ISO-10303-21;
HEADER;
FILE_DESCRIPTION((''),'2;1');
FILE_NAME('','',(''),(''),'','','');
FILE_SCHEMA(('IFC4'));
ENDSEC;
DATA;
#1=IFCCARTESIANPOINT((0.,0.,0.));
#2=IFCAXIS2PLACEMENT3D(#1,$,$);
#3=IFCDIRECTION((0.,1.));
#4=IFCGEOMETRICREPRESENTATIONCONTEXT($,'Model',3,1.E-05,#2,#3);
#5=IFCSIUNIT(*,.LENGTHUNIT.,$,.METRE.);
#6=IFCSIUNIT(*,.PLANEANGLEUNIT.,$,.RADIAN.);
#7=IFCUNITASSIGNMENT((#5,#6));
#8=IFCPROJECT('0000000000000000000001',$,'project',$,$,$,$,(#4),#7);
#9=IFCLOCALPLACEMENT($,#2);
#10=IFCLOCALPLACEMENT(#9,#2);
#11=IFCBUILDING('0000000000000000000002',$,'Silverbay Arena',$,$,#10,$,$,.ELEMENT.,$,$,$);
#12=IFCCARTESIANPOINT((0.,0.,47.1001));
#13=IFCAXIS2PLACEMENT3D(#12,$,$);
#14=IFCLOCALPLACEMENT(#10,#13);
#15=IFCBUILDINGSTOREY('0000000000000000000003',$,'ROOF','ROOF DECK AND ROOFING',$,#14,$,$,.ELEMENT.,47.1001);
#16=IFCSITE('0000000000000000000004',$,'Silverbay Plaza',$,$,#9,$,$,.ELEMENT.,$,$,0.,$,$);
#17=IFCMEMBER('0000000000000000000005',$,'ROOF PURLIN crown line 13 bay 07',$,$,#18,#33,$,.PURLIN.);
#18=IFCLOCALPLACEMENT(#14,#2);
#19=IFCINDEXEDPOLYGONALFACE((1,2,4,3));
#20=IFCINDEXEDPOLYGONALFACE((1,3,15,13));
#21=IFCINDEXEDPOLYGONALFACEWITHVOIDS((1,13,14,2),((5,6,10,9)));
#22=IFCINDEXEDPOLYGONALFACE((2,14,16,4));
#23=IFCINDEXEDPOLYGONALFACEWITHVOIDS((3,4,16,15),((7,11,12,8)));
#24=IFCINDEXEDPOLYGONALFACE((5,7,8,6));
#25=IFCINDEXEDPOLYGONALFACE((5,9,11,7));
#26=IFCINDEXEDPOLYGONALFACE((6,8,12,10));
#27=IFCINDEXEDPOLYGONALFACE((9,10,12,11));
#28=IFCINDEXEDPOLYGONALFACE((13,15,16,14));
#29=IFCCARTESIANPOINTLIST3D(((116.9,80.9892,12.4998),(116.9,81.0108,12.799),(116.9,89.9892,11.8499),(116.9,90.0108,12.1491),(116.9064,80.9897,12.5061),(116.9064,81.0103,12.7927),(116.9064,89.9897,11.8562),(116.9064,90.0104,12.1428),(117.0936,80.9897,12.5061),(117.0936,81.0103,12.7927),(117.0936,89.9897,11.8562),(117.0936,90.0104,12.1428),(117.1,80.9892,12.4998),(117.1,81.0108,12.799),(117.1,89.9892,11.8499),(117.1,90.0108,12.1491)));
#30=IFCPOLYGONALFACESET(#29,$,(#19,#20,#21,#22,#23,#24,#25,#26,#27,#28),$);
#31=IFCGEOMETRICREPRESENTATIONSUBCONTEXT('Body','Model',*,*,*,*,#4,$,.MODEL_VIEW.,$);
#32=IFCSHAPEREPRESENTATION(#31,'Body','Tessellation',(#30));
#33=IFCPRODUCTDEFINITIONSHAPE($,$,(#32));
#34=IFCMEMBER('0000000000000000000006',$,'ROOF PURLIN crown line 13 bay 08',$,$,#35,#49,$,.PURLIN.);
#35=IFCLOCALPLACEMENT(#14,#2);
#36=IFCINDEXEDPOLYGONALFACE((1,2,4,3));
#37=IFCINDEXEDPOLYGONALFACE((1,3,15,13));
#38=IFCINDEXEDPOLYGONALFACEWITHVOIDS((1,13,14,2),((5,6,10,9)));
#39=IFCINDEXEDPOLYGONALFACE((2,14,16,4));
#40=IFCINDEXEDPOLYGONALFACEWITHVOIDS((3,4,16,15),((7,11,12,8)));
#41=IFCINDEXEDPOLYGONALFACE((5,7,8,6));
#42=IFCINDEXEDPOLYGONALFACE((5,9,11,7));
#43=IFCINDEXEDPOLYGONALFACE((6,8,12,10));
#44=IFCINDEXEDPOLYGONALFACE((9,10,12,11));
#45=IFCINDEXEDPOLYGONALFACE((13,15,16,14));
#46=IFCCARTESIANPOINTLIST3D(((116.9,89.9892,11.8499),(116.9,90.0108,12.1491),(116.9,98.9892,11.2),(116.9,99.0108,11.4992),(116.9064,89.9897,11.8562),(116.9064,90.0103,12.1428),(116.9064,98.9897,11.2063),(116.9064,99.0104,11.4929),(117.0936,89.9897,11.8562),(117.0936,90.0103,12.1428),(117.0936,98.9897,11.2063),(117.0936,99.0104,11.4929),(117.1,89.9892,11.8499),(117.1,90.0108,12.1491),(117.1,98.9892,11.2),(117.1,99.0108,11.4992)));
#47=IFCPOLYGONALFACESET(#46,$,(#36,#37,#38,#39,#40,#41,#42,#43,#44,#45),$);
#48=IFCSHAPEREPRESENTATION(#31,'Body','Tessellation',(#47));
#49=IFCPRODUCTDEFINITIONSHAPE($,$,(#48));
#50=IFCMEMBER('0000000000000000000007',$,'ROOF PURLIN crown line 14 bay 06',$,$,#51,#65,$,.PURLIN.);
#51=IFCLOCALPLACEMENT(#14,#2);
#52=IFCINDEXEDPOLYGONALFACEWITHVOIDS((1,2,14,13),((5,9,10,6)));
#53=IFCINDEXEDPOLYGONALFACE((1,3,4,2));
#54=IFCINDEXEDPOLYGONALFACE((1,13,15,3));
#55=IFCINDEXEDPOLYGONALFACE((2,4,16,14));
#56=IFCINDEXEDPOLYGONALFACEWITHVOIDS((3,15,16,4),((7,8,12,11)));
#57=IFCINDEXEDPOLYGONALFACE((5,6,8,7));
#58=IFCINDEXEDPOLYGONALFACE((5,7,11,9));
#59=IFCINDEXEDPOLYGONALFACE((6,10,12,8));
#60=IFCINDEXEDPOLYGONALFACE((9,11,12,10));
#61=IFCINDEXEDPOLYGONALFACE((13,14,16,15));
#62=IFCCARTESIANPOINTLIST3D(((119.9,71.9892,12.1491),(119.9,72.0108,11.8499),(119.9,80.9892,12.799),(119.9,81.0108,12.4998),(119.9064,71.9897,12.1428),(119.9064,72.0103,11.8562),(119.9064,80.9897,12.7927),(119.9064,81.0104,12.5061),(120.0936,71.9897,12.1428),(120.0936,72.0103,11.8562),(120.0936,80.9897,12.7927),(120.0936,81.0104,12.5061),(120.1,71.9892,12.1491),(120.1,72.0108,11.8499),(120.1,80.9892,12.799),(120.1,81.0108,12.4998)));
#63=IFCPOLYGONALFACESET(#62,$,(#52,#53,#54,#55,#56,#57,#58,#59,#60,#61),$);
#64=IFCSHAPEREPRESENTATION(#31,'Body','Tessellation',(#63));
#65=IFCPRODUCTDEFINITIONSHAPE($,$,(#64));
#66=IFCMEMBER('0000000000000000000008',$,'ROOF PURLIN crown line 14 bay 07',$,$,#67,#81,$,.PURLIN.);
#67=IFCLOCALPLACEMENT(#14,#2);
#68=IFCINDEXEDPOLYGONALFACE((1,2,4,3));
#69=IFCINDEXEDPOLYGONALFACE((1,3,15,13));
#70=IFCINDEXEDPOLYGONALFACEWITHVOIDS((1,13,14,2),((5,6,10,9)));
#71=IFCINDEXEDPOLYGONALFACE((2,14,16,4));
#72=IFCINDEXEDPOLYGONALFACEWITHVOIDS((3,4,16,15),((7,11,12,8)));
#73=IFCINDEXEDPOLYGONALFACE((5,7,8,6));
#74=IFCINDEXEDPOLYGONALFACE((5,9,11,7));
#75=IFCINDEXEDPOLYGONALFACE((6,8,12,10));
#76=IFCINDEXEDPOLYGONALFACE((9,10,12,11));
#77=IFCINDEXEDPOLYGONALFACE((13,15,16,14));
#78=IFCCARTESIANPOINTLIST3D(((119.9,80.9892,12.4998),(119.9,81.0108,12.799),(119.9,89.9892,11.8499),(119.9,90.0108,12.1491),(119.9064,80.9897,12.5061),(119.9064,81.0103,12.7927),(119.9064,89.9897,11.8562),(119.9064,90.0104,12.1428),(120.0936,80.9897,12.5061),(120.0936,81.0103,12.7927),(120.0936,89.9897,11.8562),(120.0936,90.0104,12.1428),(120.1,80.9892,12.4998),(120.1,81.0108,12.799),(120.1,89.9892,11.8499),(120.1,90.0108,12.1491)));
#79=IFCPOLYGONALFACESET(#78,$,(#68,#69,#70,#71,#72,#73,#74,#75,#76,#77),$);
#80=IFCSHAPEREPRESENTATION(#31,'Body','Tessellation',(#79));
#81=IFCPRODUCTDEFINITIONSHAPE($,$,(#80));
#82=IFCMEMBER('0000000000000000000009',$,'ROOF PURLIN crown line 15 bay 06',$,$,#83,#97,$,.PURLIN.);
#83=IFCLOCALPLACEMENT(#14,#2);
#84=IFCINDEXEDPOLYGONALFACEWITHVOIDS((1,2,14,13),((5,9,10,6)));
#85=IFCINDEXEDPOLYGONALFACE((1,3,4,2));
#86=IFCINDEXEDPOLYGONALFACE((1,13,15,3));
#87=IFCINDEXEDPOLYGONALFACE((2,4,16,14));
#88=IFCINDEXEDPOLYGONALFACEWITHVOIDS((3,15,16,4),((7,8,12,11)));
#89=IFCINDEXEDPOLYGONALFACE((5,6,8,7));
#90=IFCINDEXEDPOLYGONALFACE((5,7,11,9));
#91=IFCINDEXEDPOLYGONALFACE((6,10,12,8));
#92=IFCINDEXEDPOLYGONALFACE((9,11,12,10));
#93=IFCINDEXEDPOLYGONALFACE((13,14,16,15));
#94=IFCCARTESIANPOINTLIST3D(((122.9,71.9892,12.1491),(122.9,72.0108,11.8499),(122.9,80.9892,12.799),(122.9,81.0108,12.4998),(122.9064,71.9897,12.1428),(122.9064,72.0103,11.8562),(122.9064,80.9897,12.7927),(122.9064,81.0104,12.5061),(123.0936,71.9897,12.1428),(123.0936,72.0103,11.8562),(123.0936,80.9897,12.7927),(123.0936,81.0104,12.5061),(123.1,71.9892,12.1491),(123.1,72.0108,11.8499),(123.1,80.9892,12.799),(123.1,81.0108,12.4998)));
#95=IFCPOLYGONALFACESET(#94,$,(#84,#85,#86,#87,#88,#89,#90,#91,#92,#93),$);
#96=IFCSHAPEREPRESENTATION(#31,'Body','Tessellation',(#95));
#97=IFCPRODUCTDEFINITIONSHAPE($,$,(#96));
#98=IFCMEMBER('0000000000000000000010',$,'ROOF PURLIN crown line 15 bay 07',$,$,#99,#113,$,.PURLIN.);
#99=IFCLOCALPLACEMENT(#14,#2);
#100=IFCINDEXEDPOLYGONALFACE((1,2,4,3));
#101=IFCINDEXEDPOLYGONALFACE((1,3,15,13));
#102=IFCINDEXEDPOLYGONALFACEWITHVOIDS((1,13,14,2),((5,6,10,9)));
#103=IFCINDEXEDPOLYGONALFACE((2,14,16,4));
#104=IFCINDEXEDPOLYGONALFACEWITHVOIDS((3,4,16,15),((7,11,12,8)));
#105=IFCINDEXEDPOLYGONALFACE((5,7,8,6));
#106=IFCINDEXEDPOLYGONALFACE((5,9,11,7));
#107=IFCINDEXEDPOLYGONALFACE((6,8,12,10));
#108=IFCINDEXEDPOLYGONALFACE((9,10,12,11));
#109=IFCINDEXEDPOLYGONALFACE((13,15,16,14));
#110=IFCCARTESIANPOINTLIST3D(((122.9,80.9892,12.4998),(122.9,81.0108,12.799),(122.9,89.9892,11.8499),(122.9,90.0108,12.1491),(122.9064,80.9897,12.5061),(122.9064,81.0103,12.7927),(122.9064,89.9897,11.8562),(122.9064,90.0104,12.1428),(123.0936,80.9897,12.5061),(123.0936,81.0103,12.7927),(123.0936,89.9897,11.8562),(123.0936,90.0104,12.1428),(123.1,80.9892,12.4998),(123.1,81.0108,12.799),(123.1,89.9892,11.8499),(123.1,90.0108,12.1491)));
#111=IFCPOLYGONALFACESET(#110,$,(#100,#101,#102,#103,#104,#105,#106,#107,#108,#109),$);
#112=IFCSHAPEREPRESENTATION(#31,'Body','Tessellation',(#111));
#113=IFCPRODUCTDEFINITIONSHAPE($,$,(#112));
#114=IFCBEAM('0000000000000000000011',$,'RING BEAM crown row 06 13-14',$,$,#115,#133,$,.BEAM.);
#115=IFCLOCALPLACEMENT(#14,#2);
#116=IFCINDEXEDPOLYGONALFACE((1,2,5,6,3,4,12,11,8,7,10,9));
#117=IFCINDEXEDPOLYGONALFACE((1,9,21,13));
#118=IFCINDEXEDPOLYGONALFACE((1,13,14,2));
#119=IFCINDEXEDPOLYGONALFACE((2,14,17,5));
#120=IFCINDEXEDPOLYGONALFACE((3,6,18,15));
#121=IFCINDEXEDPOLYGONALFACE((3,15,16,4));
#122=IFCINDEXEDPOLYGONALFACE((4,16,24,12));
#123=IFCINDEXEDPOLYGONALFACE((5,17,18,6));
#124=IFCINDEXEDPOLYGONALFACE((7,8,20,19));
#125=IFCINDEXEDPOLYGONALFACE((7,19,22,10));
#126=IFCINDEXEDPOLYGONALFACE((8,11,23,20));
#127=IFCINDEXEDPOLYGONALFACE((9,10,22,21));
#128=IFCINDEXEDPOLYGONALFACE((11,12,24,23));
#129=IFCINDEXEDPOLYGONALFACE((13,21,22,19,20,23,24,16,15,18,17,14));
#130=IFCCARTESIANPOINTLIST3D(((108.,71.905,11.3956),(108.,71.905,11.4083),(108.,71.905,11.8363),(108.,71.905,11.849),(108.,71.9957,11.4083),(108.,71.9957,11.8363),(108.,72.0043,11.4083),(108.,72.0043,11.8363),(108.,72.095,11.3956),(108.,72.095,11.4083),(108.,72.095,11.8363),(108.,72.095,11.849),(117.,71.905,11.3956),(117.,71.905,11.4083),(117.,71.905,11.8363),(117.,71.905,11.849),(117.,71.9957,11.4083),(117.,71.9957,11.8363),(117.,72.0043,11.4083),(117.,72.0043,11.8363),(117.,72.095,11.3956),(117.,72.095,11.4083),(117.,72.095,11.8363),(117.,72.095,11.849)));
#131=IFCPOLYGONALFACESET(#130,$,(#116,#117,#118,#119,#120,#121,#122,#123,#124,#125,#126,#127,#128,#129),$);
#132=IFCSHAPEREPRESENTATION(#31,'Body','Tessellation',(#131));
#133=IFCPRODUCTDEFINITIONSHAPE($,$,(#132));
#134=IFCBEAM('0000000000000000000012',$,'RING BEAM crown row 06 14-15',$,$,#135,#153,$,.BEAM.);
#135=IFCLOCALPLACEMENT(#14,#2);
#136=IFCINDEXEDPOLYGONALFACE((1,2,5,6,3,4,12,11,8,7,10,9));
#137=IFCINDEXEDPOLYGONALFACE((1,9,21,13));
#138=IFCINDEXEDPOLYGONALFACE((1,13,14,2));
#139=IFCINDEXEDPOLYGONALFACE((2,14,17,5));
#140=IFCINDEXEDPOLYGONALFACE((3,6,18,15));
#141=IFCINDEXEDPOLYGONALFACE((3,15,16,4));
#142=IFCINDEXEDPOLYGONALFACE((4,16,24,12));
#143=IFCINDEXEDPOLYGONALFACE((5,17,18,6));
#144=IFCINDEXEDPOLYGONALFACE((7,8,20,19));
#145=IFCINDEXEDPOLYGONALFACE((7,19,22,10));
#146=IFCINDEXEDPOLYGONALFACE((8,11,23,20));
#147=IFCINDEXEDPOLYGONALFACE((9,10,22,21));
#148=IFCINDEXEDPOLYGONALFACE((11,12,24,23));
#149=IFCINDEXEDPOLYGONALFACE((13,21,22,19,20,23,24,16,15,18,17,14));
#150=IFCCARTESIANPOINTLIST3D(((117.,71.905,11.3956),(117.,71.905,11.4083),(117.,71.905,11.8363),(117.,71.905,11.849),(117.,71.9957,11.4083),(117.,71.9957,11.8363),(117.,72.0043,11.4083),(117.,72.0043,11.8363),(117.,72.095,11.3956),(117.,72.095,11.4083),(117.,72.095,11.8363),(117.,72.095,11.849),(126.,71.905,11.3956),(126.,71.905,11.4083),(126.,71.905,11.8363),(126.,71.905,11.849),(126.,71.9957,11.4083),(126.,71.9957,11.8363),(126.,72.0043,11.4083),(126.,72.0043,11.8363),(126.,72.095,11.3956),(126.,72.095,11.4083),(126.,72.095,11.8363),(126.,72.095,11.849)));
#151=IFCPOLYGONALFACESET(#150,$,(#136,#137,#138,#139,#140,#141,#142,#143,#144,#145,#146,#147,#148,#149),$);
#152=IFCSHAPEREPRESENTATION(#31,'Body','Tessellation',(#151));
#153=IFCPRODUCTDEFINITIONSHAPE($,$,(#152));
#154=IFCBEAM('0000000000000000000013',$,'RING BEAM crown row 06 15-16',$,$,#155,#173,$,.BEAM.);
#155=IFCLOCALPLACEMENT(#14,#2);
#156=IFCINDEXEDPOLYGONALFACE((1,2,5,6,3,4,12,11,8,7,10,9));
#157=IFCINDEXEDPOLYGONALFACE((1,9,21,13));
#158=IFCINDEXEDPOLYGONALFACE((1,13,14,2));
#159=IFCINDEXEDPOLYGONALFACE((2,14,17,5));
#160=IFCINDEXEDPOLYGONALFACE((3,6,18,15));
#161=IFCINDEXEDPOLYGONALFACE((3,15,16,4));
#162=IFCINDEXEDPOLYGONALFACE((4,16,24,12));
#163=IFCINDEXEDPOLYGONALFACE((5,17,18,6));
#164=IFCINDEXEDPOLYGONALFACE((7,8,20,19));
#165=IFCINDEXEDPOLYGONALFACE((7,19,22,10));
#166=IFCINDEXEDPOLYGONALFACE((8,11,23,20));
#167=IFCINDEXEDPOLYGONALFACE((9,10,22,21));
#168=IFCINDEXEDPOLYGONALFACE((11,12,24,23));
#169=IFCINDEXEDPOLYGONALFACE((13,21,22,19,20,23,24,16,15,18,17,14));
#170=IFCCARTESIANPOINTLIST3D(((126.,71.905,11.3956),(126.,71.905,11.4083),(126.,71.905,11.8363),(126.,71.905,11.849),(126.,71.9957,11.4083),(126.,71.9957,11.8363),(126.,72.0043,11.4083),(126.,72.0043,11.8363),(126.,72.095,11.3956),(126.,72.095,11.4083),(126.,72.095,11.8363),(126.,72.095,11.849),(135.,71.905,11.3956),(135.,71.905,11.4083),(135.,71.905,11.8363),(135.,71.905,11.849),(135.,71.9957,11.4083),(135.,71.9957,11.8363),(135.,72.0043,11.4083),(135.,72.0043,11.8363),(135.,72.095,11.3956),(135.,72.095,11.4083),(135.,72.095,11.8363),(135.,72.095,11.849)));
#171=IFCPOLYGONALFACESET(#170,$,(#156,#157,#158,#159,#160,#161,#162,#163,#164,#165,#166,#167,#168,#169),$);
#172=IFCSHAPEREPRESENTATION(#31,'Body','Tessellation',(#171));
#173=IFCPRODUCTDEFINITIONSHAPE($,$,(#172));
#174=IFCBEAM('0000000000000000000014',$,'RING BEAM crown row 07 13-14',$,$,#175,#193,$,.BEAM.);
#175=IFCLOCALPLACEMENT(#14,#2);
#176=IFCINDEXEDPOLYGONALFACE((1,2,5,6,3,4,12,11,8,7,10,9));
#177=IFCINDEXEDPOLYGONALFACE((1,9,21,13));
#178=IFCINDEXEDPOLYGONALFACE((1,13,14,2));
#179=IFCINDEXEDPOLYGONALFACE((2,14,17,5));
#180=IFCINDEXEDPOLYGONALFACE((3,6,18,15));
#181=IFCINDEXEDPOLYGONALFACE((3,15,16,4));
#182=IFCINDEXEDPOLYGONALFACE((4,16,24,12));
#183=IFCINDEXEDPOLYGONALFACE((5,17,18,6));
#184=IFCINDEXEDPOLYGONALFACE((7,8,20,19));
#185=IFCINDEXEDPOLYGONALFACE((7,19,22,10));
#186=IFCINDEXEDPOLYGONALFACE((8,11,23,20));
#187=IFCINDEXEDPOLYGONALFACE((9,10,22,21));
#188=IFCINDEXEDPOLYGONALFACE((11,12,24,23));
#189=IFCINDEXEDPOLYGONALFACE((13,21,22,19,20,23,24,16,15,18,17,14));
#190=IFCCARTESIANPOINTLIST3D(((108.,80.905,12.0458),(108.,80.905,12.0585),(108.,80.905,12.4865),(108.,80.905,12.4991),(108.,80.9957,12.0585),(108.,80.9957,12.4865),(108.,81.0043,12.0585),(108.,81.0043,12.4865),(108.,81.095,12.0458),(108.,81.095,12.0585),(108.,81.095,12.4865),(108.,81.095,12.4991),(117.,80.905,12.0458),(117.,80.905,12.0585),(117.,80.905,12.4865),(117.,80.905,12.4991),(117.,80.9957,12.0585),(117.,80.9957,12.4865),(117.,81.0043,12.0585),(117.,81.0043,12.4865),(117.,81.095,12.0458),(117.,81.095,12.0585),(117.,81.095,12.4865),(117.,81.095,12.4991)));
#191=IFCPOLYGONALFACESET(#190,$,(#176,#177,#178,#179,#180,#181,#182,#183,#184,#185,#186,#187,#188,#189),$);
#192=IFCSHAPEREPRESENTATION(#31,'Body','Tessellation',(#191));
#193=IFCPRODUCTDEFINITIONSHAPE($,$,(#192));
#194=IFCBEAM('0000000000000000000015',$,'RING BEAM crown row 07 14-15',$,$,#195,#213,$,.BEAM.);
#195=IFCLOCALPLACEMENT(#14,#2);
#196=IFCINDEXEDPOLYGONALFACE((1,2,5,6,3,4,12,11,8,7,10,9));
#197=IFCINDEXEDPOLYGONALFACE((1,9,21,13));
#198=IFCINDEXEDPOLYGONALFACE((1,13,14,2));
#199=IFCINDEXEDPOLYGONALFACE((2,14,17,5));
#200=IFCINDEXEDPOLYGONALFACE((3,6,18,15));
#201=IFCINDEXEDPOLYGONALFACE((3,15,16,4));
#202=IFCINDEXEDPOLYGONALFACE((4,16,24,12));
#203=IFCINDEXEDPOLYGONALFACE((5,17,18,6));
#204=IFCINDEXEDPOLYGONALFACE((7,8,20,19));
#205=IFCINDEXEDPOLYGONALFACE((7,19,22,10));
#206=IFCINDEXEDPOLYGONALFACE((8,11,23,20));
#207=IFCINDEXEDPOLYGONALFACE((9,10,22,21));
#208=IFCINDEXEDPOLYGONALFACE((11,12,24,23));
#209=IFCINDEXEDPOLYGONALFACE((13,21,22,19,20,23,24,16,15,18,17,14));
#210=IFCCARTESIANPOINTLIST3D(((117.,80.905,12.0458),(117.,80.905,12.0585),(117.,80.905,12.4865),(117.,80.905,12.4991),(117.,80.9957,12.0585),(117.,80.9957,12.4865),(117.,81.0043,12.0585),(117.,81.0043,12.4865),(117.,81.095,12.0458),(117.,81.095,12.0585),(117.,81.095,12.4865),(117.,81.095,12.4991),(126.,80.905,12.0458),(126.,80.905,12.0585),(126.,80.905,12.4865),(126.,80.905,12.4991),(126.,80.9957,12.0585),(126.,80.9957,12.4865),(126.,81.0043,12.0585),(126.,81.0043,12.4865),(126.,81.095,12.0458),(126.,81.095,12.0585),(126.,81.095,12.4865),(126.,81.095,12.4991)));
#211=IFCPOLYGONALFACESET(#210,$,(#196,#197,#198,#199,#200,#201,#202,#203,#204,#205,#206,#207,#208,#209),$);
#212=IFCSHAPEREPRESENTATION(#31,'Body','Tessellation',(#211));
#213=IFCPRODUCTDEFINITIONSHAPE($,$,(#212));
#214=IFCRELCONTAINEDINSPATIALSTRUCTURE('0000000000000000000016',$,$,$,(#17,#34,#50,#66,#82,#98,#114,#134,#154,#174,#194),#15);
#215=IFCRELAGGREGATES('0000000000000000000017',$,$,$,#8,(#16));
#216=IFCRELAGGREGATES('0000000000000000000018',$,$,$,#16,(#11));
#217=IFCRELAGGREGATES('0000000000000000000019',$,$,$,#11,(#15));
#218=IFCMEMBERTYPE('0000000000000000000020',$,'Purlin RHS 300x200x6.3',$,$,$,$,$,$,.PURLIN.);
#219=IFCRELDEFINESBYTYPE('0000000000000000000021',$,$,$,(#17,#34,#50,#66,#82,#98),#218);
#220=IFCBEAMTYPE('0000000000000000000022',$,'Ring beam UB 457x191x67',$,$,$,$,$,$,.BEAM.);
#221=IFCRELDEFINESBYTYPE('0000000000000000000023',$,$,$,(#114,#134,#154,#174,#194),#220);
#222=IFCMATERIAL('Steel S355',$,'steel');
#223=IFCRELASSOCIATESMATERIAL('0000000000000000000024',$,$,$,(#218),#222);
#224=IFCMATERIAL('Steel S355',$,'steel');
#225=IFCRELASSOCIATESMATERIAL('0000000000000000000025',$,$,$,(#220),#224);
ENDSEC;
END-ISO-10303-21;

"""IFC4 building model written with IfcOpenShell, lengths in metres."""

from ifc_helpers import new_model, si_unit, direction, frame, origin, origin_2d, place, context, subcontext, project, spatial, hollow_rectangle, i_section, extrude, material, material_profile, profile_set, type_object, element, save


model = new_model("IFC4")

# Units and contexts
model_context = context("Model", 3, precision=1e-05, world=origin(), true_north=direction((0.0, 1.0)))
body_context = subcontext(model_context, "Body", "Model", "MODEL_VIEW")
ifc_project = project(units=[si_unit("LENGTHUNIT", "METRE"), si_unit("PLANEANGLEUNIT", "RADIAN")], contexts=[model_context])

# Site, building, storey
site_placement = place(None, origin())
site = spatial("IfcSite", under=ifc_project, at=site_placement, Name="Silverbay Plaza", CompositionType="ELEMENT", RefElevation=0.0)
building_placement = place(site_placement, origin())
building = spatial("IfcBuilding", under=site, at=building_placement, Name="Silverbay Arena", CompositionType="ELEMENT")
storey_placement = place(building_placement, frame((0.0, 0.0, 47.1001)))
storey = spatial("IfcBuildingStorey", under=building, at=storey_placement, Name="ROOF", Description="ROOF DECK AND ROOFING", CompositionType="ELEMENT", Elevation=47.1001)

# Members
ifc_material_1 = material(Name="Steel S355", Category="steel")
ifc_material_profile_1 = material_profile(ifc_material_1, hollow_rectangle(XDim=0.2, YDim=0.3, WallThickness=0.0063, at=origin_2d()), Name="RHS 300x200x6.3")
ifc_profile_set_1 = profile_set([ifc_material_profile_1], Name="Steel S355")
member_type_1 = type_object("IfcMemberType", Name="Purlin RHS 300x200x6.3", PredefinedType="PURLIN", material=ifc_profile_set_1)
for number, where, z_axis, x_axis, name in (
    (1, (117.0, 81.0, 12.6494), (0.0, 0.997403, -0.072024), (-1.0, 0.0, 0.0), "ROOF PURLIN crown line 13 bay 07"),
    (2, (117.0, 90.0, 11.9995), (0.0, 0.997403, -0.072024), (-1.0, 0.0, 0.0), "ROOF PURLIN crown line 13 bay 08"),
    (3, (120.0, 72.0, 11.9995), (0.0, 0.997403, 0.072024), (-1.0, 0.0, 0.0), "ROOF PURLIN crown line 14 bay 06"),
    (4, (120.0, 81.0, 12.6494), (0.0, 0.997403, -0.072024), (-1.0, 0.0, 0.0), "ROOF PURLIN crown line 14 bay 07"),
    (5, (123.0, 72.0, 11.9995), (0.0, 0.997403, 0.072024), (-1.0, 0.0, 0.0), "ROOF PURLIN crown line 15 bay 06"),
    (6, (123.0, 81.0, 12.6494), (0.0, 0.997403, -0.072024), (-1.0, 0.0, 0.0), "ROOF PURLIN crown line 15 bay 07"),
):
    element("IfcMember", number, at=place(storey_placement, frame(where, z_axis=z_axis, x_axis=x_axis)), inside=storey, type_object=member_type_1, Name=name, PredefinedType="PURLIN", context=body_context, shape_type="SweptSolid", body=[
        extrude(hollow_rectangle(XDim=0.2, YDim=0.3, WallThickness=0.0063, at=origin_2d()), origin(), (0.0, 0.0, 1.0), 9.0234),
    ])

# Beams
ifc_material_2 = material(Name="Steel S355", Category="steel")
ifc_material_profile_2 = material_profile(ifc_material_2, i_section(OverallWidth=0.1899, OverallDepth=0.4534, WebThickness=0.0085, FlangeThickness=0.0127, at=origin_2d()), Name="UB 457x191x67")
ifc_profile_set_2 = profile_set([ifc_material_profile_2], Name="Steel S355")
beam_type = type_object("IfcBeamType", Name="Ring beam UB 457x191x67", PredefinedType="BEAM", material=ifc_profile_set_2)
for number, where, z_axis, x_axis, name in (
    (7, (108.0, 72.0, 11.6223), (1.0, 0.0, 0.0), (0.0, 1.0, 0.0), "RING BEAM crown row 06 13-14"),
    (8, (117.0, 72.0, 11.6223), (1.0, 0.0, 0.0), (0.0, 1.0, 0.0), "RING BEAM crown row 06 14-15"),
    (9, (126.0, 72.0, 11.6223), (1.0, 0.0, 0.0), (0.0, 1.0, 0.0), "RING BEAM crown row 06 15-16"),
    (10, (108.0, 81.0, 12.2725), (1.0, 0.0, 0.0), (0.0, 1.0, 0.0), "RING BEAM crown row 07 13-14"),
    (11, (117.0, 81.0, 12.2725), (1.0, 0.0, 0.0), (0.0, 1.0, 0.0), "RING BEAM crown row 07 14-15"),
):
    element("IfcBeam", number, at=place(storey_placement, frame(where, z_axis=z_axis, x_axis=x_axis)), inside=storey, type_object=beam_type, Name=name, PredefinedType="BEAM", context=body_context, shape_type="SweptSolid", body=[
        extrude(i_section(OverallWidth=0.1899, OverallDepth=0.4534, WebThickness=0.0085, FlangeThickness=0.0127, at=origin_2d()), origin(), (0.0, 0.0, 1.0), 9.0),
    ])

save(model, "model.ifc")
